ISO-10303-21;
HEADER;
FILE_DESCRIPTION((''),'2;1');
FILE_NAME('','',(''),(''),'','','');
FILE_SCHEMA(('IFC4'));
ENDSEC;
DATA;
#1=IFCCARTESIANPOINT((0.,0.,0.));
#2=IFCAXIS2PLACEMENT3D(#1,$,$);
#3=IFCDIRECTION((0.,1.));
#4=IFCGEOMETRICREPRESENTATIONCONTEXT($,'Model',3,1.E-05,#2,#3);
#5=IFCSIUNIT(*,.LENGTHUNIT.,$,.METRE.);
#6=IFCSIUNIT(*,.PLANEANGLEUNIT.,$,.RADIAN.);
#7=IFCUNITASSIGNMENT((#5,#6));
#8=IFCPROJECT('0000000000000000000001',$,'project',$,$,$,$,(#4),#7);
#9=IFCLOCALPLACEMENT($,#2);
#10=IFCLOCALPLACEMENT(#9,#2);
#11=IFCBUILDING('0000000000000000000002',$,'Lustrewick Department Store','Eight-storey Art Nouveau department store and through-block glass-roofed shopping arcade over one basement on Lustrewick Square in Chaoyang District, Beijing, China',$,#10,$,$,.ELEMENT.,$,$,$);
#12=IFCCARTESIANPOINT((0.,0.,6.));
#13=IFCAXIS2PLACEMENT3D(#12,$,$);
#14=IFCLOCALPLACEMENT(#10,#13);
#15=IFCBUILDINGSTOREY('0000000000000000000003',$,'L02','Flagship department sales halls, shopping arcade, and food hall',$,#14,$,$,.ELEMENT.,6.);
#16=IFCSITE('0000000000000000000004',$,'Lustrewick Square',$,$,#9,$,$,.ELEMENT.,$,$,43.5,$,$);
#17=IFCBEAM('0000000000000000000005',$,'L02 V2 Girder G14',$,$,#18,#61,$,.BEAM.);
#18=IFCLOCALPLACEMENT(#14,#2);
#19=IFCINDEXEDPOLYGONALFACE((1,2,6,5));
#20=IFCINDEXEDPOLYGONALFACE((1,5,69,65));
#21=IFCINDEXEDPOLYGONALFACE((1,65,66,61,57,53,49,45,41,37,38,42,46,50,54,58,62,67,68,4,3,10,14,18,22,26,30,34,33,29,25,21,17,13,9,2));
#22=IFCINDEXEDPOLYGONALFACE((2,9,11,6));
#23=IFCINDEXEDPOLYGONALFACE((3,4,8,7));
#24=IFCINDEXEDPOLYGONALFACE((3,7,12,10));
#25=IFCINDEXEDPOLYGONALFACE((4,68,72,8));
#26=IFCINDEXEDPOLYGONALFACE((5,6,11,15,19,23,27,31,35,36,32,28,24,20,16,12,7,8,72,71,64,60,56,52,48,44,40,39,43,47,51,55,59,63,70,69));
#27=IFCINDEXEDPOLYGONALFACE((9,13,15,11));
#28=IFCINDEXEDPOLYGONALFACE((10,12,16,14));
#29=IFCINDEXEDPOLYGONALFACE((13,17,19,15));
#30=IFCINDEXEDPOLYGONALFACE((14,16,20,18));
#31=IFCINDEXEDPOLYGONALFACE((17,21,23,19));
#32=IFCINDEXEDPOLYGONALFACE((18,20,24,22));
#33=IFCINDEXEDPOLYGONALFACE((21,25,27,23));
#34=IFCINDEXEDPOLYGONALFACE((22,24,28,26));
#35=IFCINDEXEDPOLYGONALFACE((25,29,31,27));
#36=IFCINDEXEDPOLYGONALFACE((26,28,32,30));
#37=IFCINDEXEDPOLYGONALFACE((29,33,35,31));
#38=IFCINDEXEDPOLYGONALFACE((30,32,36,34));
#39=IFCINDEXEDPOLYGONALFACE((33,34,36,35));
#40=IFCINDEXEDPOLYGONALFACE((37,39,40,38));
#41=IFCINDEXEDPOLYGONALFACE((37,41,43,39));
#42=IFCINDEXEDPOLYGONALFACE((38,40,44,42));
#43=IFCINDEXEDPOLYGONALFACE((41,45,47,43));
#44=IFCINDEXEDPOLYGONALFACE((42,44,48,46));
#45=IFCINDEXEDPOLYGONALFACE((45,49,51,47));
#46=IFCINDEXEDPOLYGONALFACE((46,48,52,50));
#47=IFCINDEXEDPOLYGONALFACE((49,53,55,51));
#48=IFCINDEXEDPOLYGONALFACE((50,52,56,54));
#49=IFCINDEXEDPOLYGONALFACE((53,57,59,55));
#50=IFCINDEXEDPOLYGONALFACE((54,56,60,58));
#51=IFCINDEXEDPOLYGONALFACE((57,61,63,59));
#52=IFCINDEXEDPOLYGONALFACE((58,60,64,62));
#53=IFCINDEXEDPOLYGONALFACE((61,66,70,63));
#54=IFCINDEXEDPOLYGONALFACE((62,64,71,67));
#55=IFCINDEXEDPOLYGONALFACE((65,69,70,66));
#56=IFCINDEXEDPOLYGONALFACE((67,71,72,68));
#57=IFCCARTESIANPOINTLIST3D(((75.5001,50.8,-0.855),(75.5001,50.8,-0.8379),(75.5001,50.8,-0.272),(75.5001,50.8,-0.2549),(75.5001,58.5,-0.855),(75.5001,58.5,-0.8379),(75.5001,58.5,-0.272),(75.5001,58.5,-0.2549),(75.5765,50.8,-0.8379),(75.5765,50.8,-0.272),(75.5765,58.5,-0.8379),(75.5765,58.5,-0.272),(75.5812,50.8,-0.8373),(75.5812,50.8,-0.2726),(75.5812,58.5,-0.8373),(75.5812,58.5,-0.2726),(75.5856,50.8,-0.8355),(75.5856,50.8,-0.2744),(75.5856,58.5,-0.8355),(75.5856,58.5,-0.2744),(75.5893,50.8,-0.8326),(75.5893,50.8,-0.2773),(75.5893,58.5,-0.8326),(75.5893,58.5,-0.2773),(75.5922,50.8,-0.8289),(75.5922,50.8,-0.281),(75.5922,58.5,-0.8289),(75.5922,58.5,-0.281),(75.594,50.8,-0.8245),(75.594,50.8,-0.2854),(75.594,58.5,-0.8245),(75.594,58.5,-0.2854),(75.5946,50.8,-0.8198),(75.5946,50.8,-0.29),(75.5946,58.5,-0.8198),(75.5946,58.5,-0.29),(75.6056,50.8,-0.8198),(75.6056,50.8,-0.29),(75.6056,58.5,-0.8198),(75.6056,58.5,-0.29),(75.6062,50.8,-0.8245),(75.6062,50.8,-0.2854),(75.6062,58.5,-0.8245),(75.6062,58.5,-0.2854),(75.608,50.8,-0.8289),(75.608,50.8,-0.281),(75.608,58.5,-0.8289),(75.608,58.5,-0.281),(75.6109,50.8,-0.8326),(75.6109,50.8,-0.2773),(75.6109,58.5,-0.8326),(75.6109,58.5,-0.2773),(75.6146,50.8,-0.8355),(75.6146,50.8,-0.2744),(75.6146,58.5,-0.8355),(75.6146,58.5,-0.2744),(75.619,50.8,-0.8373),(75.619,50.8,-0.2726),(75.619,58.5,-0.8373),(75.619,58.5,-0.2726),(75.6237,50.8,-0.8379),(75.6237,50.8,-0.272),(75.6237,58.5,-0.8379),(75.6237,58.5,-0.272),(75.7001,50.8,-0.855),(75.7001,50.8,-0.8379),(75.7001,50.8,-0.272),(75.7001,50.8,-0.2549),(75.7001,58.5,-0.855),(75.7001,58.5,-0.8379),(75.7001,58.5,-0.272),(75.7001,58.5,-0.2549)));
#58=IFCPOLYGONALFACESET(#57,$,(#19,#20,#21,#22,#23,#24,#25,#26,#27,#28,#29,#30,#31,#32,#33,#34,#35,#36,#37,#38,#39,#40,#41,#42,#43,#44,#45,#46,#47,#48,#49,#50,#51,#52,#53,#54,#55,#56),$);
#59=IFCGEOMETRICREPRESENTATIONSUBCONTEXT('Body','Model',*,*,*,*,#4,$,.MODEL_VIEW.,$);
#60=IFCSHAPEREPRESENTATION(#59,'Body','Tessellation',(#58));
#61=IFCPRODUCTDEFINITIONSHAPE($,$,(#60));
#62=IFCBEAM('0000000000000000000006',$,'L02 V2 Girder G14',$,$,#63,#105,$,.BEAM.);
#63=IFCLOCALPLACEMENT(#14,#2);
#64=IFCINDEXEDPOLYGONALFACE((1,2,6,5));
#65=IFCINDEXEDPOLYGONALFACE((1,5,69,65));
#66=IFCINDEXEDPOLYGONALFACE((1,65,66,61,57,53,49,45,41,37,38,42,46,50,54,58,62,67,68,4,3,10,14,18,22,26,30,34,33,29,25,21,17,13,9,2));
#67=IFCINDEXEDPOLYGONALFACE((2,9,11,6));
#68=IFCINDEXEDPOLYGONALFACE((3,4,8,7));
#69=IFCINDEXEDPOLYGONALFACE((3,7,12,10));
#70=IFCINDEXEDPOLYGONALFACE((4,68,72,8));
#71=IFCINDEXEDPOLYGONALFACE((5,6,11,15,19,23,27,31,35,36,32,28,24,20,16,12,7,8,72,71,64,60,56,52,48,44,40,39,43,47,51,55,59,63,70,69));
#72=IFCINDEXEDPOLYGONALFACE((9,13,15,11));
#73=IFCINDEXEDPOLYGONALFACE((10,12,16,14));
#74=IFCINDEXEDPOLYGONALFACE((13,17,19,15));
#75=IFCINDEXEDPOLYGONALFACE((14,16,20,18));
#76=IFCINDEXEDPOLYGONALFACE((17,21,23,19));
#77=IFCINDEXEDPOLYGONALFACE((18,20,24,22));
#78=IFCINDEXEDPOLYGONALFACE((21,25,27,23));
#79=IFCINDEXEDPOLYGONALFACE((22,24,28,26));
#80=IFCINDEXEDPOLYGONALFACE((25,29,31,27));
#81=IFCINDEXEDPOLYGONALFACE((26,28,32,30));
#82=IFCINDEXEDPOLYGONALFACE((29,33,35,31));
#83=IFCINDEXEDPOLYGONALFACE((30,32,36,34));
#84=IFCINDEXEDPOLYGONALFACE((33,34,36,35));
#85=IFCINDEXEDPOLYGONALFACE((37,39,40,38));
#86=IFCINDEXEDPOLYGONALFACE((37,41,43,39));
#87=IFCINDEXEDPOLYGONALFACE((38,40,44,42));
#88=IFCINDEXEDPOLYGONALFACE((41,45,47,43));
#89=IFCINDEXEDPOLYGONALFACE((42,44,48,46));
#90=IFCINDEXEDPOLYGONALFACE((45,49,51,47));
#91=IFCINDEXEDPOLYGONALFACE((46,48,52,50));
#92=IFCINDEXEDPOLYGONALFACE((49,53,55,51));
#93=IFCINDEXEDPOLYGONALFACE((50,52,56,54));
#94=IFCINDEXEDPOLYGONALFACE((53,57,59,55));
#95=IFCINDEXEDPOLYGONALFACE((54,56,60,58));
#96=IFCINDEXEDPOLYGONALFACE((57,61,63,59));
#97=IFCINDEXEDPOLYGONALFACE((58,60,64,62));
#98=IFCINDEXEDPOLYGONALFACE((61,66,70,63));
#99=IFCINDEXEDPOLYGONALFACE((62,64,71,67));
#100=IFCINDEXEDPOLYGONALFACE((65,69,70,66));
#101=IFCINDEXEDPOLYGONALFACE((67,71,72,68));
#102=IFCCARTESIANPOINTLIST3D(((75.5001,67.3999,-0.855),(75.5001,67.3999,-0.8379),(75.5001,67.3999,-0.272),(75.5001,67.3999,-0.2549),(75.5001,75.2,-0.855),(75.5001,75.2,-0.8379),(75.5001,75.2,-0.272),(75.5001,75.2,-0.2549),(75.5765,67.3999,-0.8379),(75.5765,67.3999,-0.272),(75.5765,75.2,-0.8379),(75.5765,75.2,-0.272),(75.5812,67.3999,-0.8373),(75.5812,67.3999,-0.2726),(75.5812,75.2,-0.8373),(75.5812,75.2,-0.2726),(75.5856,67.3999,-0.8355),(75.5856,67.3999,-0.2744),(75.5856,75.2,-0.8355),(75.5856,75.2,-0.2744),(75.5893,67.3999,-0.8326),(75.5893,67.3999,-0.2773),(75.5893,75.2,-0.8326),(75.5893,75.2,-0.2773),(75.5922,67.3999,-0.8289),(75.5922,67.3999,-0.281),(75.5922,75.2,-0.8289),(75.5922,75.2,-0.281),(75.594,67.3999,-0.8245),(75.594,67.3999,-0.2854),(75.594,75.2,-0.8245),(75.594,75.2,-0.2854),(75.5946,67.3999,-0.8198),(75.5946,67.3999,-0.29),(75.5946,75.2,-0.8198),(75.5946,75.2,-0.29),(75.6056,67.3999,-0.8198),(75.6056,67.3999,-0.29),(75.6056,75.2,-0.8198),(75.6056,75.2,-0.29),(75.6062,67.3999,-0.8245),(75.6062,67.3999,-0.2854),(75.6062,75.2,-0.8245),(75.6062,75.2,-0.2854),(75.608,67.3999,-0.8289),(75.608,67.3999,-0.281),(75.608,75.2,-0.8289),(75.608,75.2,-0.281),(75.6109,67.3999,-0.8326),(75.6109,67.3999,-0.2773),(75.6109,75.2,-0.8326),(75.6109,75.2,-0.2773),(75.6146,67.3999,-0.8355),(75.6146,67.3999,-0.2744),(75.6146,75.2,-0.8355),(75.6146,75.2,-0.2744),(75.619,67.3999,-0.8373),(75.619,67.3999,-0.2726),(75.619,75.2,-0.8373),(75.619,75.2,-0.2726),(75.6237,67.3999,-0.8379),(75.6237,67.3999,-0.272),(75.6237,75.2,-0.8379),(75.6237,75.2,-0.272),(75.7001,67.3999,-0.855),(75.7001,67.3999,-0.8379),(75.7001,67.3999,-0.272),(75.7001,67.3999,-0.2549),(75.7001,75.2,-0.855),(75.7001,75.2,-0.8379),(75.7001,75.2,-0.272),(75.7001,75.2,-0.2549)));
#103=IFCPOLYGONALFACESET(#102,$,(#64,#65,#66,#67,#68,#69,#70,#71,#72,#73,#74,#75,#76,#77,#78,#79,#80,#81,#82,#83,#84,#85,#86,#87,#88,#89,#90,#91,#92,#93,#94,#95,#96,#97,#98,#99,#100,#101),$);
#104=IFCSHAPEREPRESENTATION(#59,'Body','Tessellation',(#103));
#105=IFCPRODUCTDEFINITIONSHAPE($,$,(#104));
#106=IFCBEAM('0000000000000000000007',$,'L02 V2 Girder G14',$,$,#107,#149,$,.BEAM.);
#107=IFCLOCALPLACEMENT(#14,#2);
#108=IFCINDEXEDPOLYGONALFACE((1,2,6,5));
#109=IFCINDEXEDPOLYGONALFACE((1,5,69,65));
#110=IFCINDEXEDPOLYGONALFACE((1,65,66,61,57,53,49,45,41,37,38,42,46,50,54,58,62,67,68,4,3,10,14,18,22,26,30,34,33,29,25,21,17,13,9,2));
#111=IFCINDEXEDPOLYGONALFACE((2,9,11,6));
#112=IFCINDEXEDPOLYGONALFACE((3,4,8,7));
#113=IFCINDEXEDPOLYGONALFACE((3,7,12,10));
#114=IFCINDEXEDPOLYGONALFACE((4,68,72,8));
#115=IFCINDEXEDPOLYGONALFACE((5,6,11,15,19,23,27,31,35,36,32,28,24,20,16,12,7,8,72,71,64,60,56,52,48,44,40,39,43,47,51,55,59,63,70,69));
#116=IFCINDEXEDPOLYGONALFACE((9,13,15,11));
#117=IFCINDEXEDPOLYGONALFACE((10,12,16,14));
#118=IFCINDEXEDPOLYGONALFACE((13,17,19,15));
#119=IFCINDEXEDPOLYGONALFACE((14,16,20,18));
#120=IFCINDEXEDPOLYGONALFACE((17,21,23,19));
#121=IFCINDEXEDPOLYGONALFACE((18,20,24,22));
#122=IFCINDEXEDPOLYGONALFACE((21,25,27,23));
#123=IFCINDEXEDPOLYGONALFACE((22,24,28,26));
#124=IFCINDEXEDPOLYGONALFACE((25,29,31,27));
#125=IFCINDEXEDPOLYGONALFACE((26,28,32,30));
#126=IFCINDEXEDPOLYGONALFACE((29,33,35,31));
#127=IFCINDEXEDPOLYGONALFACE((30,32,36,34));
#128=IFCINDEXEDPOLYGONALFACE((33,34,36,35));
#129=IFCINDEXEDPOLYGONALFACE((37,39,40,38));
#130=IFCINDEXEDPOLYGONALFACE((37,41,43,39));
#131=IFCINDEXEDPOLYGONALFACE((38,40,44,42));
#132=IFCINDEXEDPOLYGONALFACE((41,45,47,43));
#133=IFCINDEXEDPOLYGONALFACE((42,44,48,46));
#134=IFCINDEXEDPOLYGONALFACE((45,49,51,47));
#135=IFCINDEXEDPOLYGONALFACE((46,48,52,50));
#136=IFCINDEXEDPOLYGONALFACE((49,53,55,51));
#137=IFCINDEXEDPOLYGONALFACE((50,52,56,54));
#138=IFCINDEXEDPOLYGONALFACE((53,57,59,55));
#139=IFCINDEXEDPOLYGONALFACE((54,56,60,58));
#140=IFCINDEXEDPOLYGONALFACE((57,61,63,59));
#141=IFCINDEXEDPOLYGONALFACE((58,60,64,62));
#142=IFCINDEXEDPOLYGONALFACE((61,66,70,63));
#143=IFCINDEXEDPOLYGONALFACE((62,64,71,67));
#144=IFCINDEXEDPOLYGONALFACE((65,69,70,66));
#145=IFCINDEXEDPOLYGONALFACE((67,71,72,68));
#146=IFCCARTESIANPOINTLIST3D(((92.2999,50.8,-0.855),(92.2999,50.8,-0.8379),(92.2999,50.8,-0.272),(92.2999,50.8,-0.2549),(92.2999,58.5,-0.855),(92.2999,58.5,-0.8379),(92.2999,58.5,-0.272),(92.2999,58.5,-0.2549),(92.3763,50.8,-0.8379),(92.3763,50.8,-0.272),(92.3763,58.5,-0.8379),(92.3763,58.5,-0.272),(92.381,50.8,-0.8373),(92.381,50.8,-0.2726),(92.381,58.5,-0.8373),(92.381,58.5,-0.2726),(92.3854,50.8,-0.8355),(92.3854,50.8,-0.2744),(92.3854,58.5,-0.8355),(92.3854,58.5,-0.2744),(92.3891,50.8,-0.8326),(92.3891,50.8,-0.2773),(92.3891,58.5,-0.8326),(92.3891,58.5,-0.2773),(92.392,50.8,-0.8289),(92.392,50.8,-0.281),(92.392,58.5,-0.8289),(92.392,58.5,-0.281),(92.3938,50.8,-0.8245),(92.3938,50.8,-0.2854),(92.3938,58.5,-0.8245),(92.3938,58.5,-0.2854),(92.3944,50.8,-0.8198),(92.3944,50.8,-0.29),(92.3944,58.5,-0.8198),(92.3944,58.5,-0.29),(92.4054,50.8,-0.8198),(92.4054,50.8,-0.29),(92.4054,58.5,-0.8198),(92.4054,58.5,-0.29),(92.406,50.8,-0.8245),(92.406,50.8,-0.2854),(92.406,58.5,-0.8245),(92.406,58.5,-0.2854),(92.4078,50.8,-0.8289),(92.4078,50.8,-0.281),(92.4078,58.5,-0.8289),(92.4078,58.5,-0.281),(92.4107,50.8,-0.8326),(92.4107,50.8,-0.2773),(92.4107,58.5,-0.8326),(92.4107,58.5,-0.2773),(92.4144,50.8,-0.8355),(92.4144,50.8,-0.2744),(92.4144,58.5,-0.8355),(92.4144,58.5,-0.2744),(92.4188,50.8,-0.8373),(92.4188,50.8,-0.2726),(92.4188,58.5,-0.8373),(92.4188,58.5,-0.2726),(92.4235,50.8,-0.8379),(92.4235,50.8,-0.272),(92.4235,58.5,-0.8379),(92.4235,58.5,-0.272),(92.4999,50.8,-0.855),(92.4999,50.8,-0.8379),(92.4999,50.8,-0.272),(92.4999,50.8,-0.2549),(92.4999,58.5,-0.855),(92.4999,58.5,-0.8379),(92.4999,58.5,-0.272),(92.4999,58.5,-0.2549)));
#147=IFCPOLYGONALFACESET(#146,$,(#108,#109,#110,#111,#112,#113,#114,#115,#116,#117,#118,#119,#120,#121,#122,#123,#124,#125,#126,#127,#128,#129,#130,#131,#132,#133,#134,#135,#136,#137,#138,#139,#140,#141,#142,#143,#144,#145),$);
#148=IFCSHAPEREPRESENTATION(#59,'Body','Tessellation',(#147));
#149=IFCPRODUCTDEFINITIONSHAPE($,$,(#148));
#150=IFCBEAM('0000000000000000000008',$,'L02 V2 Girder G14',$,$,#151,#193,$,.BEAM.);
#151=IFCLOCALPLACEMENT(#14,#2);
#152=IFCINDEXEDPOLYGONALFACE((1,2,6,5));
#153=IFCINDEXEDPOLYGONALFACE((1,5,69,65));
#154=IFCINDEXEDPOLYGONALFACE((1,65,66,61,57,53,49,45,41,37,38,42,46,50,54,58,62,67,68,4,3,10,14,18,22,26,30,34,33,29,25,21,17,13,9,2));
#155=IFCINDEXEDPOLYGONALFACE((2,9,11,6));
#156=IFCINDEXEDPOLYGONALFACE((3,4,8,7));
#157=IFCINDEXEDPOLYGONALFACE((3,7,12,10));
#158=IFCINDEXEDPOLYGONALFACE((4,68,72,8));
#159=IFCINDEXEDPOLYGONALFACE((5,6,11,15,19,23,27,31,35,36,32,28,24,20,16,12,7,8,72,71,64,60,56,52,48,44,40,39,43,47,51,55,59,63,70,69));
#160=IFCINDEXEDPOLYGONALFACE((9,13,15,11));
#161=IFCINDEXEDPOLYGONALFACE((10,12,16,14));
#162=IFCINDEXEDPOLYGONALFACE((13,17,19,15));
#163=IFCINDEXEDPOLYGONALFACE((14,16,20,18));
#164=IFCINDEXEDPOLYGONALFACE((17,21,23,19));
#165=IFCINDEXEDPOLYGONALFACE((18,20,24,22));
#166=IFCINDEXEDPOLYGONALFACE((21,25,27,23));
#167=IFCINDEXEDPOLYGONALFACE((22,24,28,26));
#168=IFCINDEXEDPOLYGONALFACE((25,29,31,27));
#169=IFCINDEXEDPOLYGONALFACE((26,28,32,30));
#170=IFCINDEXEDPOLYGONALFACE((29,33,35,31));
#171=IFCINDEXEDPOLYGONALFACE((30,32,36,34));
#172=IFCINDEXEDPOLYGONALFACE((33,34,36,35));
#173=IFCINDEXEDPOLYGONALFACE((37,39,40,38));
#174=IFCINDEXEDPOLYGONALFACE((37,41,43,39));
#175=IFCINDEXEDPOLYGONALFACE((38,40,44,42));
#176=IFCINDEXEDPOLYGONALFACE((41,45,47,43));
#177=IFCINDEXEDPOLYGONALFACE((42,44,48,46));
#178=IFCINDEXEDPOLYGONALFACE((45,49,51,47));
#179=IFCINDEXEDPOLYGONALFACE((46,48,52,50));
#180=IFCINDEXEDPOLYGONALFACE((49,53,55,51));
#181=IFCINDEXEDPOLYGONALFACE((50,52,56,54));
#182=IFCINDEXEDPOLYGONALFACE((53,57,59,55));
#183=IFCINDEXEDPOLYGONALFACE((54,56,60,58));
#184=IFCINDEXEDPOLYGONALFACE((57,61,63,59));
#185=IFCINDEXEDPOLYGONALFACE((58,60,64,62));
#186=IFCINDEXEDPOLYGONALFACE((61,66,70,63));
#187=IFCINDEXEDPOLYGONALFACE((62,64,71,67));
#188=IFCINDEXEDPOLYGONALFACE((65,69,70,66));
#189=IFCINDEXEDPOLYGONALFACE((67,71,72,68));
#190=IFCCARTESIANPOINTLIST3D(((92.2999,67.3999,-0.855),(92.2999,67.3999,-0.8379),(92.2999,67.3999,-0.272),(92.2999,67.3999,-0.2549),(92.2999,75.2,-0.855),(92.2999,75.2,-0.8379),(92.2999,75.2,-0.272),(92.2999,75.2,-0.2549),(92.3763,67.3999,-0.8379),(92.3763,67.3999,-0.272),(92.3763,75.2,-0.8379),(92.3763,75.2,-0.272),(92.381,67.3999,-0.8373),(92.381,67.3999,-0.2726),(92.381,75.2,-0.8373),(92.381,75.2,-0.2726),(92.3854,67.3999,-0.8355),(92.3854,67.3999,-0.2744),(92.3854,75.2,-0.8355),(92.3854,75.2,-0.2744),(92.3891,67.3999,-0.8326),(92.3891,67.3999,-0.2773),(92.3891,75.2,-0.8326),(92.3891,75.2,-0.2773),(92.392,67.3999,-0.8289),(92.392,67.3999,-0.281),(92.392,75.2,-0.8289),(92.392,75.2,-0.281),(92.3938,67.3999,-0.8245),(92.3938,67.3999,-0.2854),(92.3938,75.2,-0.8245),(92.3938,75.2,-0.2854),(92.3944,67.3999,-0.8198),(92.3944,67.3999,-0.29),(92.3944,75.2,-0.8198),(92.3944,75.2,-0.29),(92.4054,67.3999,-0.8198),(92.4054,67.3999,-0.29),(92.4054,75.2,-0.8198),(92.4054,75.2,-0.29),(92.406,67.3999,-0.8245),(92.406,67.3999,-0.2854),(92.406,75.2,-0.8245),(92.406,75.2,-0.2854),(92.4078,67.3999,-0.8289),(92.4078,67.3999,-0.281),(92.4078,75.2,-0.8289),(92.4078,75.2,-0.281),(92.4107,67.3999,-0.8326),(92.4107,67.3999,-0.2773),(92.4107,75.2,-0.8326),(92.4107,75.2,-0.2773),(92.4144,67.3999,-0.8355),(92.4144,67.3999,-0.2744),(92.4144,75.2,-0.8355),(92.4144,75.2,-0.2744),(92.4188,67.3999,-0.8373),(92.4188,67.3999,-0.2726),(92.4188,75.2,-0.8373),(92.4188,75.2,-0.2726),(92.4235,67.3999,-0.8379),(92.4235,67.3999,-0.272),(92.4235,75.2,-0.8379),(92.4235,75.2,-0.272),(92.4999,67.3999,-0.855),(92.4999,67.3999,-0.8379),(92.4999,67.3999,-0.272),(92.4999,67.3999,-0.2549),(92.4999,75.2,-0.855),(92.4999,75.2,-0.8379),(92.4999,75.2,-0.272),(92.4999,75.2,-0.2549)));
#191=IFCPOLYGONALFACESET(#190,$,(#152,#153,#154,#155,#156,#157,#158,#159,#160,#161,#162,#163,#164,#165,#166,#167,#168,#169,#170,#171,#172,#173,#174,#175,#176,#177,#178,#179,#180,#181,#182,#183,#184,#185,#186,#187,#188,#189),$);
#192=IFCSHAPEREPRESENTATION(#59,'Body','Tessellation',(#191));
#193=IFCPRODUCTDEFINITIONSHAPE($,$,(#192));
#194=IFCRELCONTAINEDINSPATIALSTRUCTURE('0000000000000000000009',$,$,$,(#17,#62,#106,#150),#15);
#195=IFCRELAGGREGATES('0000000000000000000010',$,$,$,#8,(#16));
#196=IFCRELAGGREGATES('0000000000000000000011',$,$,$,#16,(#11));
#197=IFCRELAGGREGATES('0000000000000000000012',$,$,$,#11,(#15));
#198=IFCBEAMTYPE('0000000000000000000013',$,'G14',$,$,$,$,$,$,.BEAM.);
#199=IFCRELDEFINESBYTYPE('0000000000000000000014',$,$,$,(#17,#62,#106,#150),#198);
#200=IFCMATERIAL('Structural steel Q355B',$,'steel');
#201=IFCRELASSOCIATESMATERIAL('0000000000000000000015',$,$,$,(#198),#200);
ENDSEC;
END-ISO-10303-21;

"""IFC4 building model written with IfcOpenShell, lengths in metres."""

from ifc_helpers import new_model, si_unit, direction, frame, origin, origin_2d, place, context, subcontext, project, spatial, i_section, extrude, material, material_profile, profile_set, type_object, element, save


model = new_model("IFC4")

# Units and contexts
model_context = context("Model", 3, precision=1e-05, world=origin(), true_north=direction((0.0, 1.0)))
body_context = subcontext(model_context, "Body", "Model", "MODEL_VIEW")
ifc_project = project(units=[si_unit("LENGTHUNIT", "METRE"), si_unit("PLANEANGLEUNIT", "RADIAN")], contexts=[model_context])

# Site, building, storey
site_placement = place(None, origin())
site = spatial("IfcSite", under=ifc_project, at=site_placement, Name="Lustrewick Square", CompositionType="ELEMENT", RefElevation=43.5)
building_placement = place(site_placement, origin())
building = spatial("IfcBuilding", under=site, at=building_placement, Name="Lustrewick Department Store", Description="Eight-storey Art Nouveau department store and through-block glass-roofed shopping arcade over one basement on Lustrewick Square in Chaoyang District, Beijing, China", CompositionType="ELEMENT")
storey_placement = place(building_placement, frame((0.0, 0.0, 6.0)))
storey = spatial("IfcBuildingStorey", under=building, at=storey_placement, Name="L02", Description="Flagship department sales halls, shopping arcade, and food hall", CompositionType="ELEMENT", Elevation=6.0)

# Beams
ifc_material_1 = material(Name="Structural steel Q355B", Category="steel")
ifc_material_profile_1 = material_profile(ifc_material_1, i_section(OverallWidth=0.2, OverallDepth=0.6001, WebThickness=0.011, FlangeThickness=0.0171, FilletRadius=0.0181, at=origin_2d()), Name="HN 600x200x11x17")
ifc_profile_set_1 = profile_set([ifc_material_profile_1], Name="Structural steel Q355B")
beam_type_1 = type_object("IfcBeamType", Name="G14", PredefinedType="BEAM", material=ifc_profile_set_1)
beam_1_placement = place(storey_placement, frame((75.6001, 50.8, -0.5549), z_axis=(0.0, 1.0, 0.0), x_axis=(-1.0, 0.0, 0.0)))
element("IfcBeam", 1, at=beam_1_placement, inside=storey, type_object=beam_type_1, Name="L02 V2 Girder G14", PredefinedType="BEAM", context=body_context, shape_type="SweptSolid", body=[
    extrude(i_section(OverallWidth=0.2, OverallDepth=0.6001, WebThickness=0.011, FlangeThickness=0.0171, FilletRadius=0.0181, at=origin_2d()), origin(), (0.0, 0.0, 1.0), 7.7),
])
beam_2_placement = place(storey_placement, frame((75.6001, 67.3999, -0.5549), z_axis=(0.0, 1.0, 0.0), x_axis=(-1.0, 0.0, 0.0)))
element("IfcBeam", 2, at=beam_2_placement, inside=storey, type_object=beam_type_1, Name="L02 V2 Girder G14", PredefinedType="BEAM", context=body_context, shape_type="SweptSolid", body=[
    extrude(i_section(OverallWidth=0.2, OverallDepth=0.6001, WebThickness=0.011, FlangeThickness=0.0171, FilletRadius=0.0181, at=origin_2d()), origin(), (0.0, 0.0, 1.0), 7.8),
])
beam_3_placement = place(storey_placement, frame((92.3999, 50.8, -0.5549), z_axis=(0.0, 1.0, 0.0), x_axis=(-1.0, 0.0, 0.0)))
element("IfcBeam", 3, at=beam_3_placement, inside=storey, type_object=beam_type_1, Name="L02 V2 Girder G14", PredefinedType="BEAM", context=body_context, shape_type="SweptSolid", body=[
    extrude(i_section(OverallWidth=0.2, OverallDepth=0.6001, WebThickness=0.011, FlangeThickness=0.0171, FilletRadius=0.0181, at=origin_2d()), origin(), (0.0, 0.0, 1.0), 7.7),
])
beam_4_placement = place(storey_placement, frame((92.3999, 67.3999, -0.5549), z_axis=(0.0, 1.0, 0.0), x_axis=(-1.0, 0.0, 0.0)))
element("IfcBeam", 4, at=beam_4_placement, inside=storey, type_object=beam_type_1, Name="L02 V2 Girder G14", PredefinedType="BEAM", context=body_context, shape_type="SweptSolid", body=[
    extrude(i_section(OverallWidth=0.2, OverallDepth=0.6001, WebThickness=0.011, FlangeThickness=0.0171, FilletRadius=0.0181, at=origin_2d()), origin(), (0.0, 0.0, 1.0), 7.8),
])

save(model, "model.ifc")
